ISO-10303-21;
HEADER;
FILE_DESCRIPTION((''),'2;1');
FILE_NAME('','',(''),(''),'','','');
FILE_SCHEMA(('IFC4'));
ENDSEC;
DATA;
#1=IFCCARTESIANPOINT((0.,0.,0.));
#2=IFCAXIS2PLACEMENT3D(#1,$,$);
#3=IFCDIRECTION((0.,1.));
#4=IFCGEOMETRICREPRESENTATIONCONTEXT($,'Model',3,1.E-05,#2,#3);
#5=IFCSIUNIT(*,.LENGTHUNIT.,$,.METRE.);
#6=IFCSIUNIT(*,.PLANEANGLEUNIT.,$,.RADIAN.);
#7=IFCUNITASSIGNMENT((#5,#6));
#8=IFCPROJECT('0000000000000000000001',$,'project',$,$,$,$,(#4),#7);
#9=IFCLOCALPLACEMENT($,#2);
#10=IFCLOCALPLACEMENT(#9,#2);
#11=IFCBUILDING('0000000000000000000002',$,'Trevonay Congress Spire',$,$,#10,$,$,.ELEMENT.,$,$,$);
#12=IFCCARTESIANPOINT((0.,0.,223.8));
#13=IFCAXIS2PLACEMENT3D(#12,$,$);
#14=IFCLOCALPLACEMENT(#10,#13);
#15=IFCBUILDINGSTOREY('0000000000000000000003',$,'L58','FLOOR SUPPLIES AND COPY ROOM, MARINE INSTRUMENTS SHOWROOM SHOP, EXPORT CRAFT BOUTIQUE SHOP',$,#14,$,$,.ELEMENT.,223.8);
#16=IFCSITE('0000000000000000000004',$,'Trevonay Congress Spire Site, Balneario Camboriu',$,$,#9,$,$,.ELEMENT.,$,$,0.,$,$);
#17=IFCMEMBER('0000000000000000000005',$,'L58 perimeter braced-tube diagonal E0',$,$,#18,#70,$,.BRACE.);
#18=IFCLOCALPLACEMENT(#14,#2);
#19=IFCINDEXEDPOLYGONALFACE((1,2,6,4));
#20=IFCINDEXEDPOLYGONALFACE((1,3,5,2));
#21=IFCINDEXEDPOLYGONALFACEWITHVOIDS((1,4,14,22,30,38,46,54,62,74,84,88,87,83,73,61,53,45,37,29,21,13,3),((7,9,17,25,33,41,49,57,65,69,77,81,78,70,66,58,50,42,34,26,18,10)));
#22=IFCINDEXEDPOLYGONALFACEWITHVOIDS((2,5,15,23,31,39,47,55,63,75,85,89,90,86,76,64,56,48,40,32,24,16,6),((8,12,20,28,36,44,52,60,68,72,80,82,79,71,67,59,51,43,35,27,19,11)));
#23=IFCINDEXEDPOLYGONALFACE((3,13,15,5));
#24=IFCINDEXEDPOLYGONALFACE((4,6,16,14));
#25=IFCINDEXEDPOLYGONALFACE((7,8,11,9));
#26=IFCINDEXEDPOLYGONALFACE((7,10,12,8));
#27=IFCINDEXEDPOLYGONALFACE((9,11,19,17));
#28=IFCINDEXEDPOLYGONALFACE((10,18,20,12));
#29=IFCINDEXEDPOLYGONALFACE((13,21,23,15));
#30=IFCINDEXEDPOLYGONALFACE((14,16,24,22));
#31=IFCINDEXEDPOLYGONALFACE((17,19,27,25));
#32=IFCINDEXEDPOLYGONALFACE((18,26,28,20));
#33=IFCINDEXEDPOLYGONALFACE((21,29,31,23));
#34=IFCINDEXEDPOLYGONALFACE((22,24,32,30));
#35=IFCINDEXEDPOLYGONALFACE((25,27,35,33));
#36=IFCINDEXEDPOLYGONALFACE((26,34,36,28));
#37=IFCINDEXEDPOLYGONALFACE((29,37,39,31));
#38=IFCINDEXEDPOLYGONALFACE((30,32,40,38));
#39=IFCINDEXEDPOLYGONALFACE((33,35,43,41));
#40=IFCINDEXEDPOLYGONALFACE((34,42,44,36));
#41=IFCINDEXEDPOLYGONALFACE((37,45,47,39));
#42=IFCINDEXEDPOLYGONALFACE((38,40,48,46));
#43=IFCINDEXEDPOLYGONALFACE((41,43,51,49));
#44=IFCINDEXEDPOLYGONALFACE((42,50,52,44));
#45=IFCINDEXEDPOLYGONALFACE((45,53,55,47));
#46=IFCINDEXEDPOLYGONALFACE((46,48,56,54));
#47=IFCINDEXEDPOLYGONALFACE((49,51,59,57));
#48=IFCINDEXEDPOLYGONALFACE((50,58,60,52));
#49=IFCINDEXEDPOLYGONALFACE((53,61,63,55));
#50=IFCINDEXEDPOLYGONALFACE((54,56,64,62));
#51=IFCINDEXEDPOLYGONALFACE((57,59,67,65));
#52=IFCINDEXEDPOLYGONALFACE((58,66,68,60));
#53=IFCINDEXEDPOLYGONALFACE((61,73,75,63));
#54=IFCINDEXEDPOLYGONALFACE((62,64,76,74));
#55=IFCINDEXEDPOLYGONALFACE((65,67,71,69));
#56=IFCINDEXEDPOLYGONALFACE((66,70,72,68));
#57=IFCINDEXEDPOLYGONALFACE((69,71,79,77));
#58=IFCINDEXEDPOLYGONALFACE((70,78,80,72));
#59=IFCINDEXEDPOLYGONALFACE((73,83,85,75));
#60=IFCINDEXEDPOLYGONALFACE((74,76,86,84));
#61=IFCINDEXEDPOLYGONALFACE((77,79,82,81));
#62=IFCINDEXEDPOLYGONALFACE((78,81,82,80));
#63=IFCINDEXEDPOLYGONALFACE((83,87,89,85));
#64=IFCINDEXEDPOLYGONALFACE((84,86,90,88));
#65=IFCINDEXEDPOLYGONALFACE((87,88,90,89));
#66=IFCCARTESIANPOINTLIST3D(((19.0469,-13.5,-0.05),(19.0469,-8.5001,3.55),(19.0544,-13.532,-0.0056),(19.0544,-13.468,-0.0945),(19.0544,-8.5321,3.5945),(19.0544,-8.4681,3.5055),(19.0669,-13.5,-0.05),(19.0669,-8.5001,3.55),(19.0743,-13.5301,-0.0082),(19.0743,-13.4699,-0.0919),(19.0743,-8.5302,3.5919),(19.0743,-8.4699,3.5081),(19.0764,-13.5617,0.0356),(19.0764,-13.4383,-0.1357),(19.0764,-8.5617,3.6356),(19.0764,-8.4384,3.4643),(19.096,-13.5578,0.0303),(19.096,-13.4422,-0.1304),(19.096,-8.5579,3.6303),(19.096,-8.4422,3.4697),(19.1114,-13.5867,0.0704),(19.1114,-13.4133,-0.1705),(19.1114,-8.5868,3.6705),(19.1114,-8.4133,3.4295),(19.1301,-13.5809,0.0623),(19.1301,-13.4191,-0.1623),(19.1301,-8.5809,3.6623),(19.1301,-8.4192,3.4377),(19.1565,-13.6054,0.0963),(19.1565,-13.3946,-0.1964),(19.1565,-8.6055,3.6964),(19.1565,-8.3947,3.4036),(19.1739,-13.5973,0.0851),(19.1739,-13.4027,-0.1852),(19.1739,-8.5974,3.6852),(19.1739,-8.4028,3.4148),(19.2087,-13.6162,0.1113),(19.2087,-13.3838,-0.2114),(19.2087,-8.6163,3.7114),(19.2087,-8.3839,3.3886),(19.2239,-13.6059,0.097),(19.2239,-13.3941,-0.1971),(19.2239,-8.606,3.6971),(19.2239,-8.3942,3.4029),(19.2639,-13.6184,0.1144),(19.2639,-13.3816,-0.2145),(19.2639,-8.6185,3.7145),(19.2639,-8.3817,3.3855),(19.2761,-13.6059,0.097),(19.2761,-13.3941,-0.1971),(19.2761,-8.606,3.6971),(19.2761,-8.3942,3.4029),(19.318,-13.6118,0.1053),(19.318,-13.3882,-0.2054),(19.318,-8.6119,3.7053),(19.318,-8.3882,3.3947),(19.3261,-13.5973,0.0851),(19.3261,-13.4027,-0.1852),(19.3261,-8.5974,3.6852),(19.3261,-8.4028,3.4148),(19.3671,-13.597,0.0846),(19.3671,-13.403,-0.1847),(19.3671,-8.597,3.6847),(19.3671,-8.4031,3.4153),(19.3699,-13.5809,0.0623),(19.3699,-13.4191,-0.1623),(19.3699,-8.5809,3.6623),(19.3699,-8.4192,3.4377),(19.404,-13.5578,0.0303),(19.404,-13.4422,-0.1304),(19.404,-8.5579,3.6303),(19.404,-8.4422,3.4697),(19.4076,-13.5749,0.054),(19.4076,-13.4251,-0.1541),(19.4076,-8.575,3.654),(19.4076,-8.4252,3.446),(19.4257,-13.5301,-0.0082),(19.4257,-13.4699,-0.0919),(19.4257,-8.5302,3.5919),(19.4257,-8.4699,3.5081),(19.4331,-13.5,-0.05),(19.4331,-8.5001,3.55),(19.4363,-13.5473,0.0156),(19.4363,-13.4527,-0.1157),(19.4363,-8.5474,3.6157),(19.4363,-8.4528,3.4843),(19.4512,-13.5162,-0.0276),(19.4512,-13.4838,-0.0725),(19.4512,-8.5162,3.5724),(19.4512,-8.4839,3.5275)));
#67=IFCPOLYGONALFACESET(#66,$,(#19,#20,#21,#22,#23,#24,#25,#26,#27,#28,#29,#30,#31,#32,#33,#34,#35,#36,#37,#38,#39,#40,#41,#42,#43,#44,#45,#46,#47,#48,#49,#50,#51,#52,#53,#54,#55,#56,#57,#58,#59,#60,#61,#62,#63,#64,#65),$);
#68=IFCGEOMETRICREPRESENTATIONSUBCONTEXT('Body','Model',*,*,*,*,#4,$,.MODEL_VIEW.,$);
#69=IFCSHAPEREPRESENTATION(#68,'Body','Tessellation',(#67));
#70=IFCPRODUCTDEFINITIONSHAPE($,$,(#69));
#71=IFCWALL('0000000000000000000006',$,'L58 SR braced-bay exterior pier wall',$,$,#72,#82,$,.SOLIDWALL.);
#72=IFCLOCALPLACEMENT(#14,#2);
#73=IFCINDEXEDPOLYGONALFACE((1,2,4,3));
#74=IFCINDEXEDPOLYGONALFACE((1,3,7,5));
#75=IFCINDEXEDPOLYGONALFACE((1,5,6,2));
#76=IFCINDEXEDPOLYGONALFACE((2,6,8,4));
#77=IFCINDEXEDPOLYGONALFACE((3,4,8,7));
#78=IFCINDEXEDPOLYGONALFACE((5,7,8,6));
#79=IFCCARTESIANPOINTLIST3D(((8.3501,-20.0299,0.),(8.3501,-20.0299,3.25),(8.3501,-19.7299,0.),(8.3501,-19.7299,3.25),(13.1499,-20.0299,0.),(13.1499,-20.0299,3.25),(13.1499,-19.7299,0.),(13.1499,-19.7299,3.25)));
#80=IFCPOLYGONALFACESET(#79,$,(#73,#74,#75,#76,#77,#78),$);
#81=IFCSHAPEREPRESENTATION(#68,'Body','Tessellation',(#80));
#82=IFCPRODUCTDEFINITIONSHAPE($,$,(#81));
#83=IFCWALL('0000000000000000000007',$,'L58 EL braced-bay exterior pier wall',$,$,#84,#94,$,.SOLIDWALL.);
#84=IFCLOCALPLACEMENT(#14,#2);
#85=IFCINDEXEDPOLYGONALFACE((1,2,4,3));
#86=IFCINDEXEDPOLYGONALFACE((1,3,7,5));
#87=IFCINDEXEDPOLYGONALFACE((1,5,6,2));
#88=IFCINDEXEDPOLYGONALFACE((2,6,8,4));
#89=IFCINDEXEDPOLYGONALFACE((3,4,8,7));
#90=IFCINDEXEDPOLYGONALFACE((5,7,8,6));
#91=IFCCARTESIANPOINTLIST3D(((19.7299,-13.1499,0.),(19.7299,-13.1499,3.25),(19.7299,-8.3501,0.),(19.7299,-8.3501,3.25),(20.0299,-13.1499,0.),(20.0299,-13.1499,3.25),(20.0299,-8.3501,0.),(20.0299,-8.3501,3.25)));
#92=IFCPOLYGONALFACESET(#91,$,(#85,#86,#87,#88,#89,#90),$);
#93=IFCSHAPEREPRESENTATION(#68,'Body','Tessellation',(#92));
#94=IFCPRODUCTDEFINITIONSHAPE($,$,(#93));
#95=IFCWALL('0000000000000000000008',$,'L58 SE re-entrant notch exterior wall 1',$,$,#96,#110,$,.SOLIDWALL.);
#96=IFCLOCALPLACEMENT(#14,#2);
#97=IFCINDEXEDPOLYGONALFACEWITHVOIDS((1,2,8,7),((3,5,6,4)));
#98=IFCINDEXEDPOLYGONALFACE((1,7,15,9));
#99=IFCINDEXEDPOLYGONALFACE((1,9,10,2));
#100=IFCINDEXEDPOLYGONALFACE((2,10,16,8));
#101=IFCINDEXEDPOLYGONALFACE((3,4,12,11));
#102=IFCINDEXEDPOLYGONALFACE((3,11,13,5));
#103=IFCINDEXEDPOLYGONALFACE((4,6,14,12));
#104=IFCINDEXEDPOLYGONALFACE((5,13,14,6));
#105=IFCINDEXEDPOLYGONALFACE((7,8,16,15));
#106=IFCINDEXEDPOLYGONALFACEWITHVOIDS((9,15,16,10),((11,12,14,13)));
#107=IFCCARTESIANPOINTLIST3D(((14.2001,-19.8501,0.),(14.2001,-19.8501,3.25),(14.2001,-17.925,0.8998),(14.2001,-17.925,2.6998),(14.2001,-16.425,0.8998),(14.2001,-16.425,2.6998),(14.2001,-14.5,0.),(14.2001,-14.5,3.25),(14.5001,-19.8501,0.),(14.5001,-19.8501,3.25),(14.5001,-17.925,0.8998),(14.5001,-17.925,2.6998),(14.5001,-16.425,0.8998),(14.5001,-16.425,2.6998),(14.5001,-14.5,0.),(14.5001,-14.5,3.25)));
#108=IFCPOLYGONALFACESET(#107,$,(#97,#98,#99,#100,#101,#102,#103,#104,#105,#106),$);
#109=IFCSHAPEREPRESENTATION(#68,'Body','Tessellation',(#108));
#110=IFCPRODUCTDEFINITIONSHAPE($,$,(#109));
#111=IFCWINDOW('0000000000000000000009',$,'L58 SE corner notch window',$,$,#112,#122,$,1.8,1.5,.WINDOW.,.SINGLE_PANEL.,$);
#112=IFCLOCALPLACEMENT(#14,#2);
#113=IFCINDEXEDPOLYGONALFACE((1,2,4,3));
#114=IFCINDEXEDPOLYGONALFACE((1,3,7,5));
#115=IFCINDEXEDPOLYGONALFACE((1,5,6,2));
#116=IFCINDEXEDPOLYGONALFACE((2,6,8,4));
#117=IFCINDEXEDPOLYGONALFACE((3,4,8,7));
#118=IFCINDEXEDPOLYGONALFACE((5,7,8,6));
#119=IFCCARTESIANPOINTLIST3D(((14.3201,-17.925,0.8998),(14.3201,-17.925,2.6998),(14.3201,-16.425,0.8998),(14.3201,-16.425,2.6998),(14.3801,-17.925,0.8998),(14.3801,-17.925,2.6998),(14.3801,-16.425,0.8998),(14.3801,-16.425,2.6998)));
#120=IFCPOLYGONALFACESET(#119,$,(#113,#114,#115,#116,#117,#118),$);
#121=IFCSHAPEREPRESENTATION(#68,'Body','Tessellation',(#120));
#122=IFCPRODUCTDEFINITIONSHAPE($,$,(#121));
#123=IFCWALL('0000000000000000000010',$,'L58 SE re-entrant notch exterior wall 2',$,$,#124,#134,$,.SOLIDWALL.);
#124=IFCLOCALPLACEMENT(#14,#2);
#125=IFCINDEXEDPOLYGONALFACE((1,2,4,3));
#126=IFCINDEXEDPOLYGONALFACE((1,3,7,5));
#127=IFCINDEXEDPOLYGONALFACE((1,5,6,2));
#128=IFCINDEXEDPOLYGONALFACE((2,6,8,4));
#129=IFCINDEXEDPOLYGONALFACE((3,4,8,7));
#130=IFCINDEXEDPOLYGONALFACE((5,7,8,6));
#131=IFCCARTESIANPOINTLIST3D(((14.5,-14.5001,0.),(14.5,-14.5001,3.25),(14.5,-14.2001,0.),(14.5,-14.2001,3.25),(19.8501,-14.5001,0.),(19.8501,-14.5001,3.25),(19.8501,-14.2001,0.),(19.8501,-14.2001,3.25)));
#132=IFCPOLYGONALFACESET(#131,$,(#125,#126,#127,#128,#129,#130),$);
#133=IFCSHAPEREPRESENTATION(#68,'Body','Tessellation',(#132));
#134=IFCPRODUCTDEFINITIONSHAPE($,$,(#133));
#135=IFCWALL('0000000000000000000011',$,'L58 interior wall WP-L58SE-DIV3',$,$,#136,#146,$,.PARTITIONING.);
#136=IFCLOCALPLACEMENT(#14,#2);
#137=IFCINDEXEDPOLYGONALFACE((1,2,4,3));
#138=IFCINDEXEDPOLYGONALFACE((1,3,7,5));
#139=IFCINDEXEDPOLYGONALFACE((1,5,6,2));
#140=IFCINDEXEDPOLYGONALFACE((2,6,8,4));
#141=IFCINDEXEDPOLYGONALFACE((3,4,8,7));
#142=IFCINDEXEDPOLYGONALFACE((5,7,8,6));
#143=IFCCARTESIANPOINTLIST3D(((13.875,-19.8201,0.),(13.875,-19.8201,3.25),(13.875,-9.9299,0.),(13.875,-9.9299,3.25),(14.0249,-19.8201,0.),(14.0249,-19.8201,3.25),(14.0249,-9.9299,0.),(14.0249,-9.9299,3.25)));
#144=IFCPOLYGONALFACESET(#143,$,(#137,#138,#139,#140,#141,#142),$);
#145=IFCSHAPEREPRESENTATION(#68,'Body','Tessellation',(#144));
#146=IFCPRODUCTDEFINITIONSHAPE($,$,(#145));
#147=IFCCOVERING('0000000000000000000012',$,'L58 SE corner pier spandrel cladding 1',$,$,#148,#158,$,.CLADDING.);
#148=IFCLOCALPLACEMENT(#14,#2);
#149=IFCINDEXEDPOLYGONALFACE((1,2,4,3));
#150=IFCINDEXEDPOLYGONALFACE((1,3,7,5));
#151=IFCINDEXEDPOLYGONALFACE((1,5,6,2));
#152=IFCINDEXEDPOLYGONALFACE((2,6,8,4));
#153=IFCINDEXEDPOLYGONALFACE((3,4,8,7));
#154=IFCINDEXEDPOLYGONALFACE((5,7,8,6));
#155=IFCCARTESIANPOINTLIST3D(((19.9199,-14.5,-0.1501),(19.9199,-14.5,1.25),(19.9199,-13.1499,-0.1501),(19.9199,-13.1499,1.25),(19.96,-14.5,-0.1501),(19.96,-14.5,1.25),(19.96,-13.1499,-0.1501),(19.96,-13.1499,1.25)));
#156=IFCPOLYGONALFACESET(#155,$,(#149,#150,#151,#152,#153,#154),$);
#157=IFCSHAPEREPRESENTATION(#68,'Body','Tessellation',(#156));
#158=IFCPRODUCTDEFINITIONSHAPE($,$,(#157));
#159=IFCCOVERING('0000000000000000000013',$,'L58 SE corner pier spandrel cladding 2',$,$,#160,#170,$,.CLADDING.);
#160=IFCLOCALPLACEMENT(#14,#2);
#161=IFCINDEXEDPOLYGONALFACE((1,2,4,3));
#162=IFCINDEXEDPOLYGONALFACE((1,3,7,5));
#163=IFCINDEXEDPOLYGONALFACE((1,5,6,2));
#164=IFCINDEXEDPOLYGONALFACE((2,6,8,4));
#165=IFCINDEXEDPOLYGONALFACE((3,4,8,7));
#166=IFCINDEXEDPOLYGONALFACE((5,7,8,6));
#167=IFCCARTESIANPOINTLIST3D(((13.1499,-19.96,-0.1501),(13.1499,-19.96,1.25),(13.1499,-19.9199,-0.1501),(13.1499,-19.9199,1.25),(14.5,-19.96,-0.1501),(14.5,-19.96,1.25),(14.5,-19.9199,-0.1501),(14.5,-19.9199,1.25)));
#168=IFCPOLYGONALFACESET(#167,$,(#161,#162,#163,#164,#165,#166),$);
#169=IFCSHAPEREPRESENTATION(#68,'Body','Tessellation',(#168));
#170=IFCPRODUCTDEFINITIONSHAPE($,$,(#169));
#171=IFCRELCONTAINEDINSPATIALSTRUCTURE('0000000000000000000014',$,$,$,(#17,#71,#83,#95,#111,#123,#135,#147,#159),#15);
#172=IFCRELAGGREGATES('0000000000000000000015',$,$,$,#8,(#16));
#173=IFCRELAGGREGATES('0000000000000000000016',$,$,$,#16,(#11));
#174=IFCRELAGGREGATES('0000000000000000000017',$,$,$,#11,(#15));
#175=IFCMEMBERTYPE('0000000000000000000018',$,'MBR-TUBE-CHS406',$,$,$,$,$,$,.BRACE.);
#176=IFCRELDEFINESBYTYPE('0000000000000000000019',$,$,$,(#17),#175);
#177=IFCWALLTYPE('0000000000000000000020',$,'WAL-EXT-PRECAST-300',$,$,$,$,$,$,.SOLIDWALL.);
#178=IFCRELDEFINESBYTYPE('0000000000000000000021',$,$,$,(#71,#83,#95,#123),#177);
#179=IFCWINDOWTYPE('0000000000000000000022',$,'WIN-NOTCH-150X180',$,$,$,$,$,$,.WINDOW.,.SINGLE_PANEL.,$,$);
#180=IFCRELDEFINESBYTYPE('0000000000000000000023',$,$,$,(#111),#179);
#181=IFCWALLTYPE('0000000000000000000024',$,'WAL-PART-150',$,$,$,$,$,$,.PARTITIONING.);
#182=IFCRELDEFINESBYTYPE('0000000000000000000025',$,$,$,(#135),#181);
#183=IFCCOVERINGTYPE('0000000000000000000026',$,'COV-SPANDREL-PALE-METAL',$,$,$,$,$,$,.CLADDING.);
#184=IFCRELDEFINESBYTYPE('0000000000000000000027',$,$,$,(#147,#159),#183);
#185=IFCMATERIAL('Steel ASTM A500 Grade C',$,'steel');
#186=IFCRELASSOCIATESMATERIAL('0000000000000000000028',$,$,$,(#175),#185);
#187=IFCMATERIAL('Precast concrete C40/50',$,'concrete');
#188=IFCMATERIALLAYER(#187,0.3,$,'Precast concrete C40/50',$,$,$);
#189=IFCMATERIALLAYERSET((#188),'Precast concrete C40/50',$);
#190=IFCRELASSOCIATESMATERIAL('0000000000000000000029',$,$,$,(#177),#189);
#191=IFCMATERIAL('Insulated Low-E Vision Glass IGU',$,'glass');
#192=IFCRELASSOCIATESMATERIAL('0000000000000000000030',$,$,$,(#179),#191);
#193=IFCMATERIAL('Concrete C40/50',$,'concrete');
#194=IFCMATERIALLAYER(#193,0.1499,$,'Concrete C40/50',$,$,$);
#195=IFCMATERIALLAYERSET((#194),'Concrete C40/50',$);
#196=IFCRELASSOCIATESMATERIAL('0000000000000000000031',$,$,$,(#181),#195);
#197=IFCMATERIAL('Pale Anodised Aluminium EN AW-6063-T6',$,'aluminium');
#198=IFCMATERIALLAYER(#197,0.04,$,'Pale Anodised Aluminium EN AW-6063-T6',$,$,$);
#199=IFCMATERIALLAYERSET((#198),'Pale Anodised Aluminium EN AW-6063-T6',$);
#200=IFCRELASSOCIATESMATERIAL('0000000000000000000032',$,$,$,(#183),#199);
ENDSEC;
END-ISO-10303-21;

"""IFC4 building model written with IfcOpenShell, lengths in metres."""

from ifc_helpers import new_model, si_unit, direction, frame, frame_2d, origin, origin_2d, place, context, subcontext, project, spatial, rectangle, hollow_circle, extrude, material, layer, layer_set, material_profile, profile_set, type_object, element, fill, save


model = new_model("IFC4")

# Units and contexts
model_context = context("Model", 3, precision=1e-05, world=origin(), true_north=direction((0.0, 1.0)))
body_context = subcontext(model_context, "Body", "Model", "MODEL_VIEW")
ifc_project = project(units=[si_unit("LENGTHUNIT", "METRE"), si_unit("PLANEANGLEUNIT", "RADIAN")], contexts=[model_context])

# Site, building, storey
site_placement = place(None, origin())
site = spatial("IfcSite", under=ifc_project, at=site_placement, Name="Trevonay Congress Spire Site, Balneario Camboriu", CompositionType="ELEMENT", RefElevation=0.0)
building_placement = place(site_placement, origin())
building = spatial("IfcBuilding", under=site, at=building_placement, Name="Trevonay Congress Spire", CompositionType="ELEMENT")
storey_placement = place(building_placement, frame((0.0, 0.0, 223.8)))
storey = spatial("IfcBuildingStorey", under=building, at=storey_placement, Name="L58", Description="FLOOR SUPPLIES AND COPY ROOM, MARINE INSTRUMENTS SHOWROOM SHOP, EXPORT CRAFT BOUTIQUE SHOP", CompositionType="ELEMENT", Elevation=223.8)

# Shared definitions
ifc_material_1 = material(Name="Pale Anodised Aluminium EN AW-6063-T6", Category="aluminium")

# Member
ifc_material_2 = material(Name="Steel ASTM A500 Grade C", Category="steel")
ifc_material_profile_1 = material_profile(ifc_material_2, hollow_circle(Radius=0.2031, WallThickness=0.02, at=origin_2d()), Name="CHS 406.4x20")
ifc_profile_set_1 = profile_set([ifc_material_profile_1], Name="Steel ASTM A500 Grade C")
member_type_1 = type_object("IfcMemberType", Name="MBR-TUBE-CHS406", PredefinedType="BRACE", material=ifc_profile_set_1)
for number, where, z_axis, x_axis, name in (
    (1, (19.25, -13.5, -0.05), (0.0, 0.811527, 0.584315), (-1.0, 0.0, 0.0), "L58 perimeter braced-tube diagonal E0"),
):
    element("IfcMember", number, at=place(storey_placement, frame(where, z_axis=z_axis, x_axis=x_axis)), inside=storey, type_object=member_type_1, Name=name, PredefinedType="BRACE", context=body_context, shape_type="SweptSolid", body=[
        extrude(hollow_circle(Radius=0.2031, WallThickness=0.02, at=origin_2d()), origin(), (0.0, 0.0, 1.0), 6.1611),
    ])

# Walls
ifc_material_3 = material(Name="Precast concrete C40/50", Category="concrete")
ifc_layer_1 = layer(ifc_material_3, 0.3, Name="Precast concrete C40/50")
ifc_layer_set_1 = layer_set([ifc_layer_1], Name="Precast concrete C40/50")
wall_type_1 = type_object("IfcWallType", Name="WAL-EXT-PRECAST-300", PredefinedType="SOLIDWALL", material=ifc_layer_set_1)
for number, where, z_axis, x_axis, name in (
    (2, (8.3501, -19.8799, 0.0), (0.0, 0.0, 1.0), (1.0, 0.0, 0.0), "L58 SR braced-bay exterior pier wall"),
    (3, (19.8799, -13.1499, 0.0), (0.0, 0.0, 1.0), (0.0, 1.0, 0.0), "L58 EL braced-bay exterior pier wall"),
):
    element("IfcWall", number, at=place(storey_placement, frame(where, z_axis=z_axis, x_axis=x_axis)), inside=storey, type_object=wall_type_1, Name=name, PredefinedType="SOLIDWALL", context=body_context, shape_type="SweptSolid", body=[
        extrude(rectangle(XDim=4.7998, YDim=0.3, at=frame_2d((2.3999, 0.0))), origin(), (0.0, 0.0, 1.0), 3.25),
    ])

# Wall, opening, window
wall_1_placement = place(storey_placement, frame((14.3501, -19.8501, 0.0), z_axis=(0.0, 0.0, 1.0), x_axis=(0.0, 1.0, 0.0)))
wall_1 = element("IfcWall", 4, at=wall_1_placement, inside=storey, type_object=wall_type_1, Name="L58 SE re-entrant notch exterior wall 1", PredefinedType="SOLIDWALL", context=body_context, shape_type="SweptSolid", body=[
    extrude(rectangle(XDim=5.3501, YDim=0.3, at=frame_2d((2.675, 0.0))), origin(), (0.0, 0.0, 1.0), 3.25),
])
opening_placement = place(wall_1_placement, frame((1.925, 0.0, 0.8999)))
opening = element("IfcOpeningElement", 5, at=opening_placement, cuts=wall_1, PredefinedType="OPENING", context=body_context, shape_type="SweptSolid", body=[
    extrude(rectangle(XDim=1.5, YDim=1.8, at=frame_2d((0.75, 0.8999))), frame((0.0, 0.1602, 0.0), z_axis=(0.0, -1.0, 0.0), x_axis=(1.0, 0.0, 0.0)), (0.0, 0.0, 1.0), 0.3201),
])
ifc_material_4 = material(Name="Insulated Low-E Vision Glass IGU", Category="glass")
window_type = type_object("IfcWindowType", Name="WIN-NOTCH-150X180", PartitioningType="SINGLE_PANEL", PredefinedType="WINDOW", material=ifc_material_4)
window_placement = place(opening_placement, origin())
window = element("IfcWindow", 6, at=window_placement, inside=storey, type_object=window_type, Name="L58 SE corner notch window", OverallHeight=1.8, OverallWidth=1.5, PartitioningType="SINGLE_PANEL", PredefinedType="WINDOW", context=body_context, shape_type="SweptSolid", body=[
    extrude(rectangle(XDim=1.5, YDim=1.8, at=frame_2d((0.75, 0.8999))), frame((0.0, 0.03, 0.0), z_axis=(0.0, -1.0, 0.0), x_axis=(1.0, 0.0, 0.0)), (0.0, 0.0, 1.0), 0.0601),
])
fill(opening, window)

# Walls
wall_2_placement = place(storey_placement, frame((19.8501, -14.3501, 0.0), z_axis=(0.0, 0.0, 1.0), x_axis=(-1.0, 0.0, 0.0)))
element("IfcWall", 7, at=wall_2_placement, inside=storey, type_object=wall_type_1, Name="L58 SE re-entrant notch exterior wall 2", PredefinedType="SOLIDWALL", context=body_context, shape_type="SweptSolid", body=[
    extrude(rectangle(XDim=5.3501, YDim=0.3, at=frame_2d((2.675, 0.0))), origin(), (0.0, 0.0, 1.0), 3.25),
])
ifc_material_5 = material(Name="Concrete C40/50", Category="concrete")
ifc_layer_2 = layer(ifc_material_5, 0.1499, Name="Concrete C40/50")
ifc_layer_set_2 = layer_set([ifc_layer_2], Name="Concrete C40/50")
wall_type_2 = type_object("IfcWallType", Name="WAL-PART-150", PredefinedType="PARTITIONING", material=ifc_layer_set_2)
wall_3_placement = place(storey_placement, frame((13.95, -19.8201, 0.0), z_axis=(0.0, 0.0, 1.0), x_axis=(0.0, 1.0, 0.0)))
element("IfcWall", 8, at=wall_3_placement, inside=storey, type_object=wall_type_2, Name="L58 interior wall WP-L58SE-DIV3", PredefinedType="PARTITIONING", context=body_context, shape_type="SweptSolid", body=[
    extrude(rectangle(XDim=9.8901, YDim=0.1499, at=frame_2d((4.9451, 0.0))), origin(), (0.0, 0.0, 1.0), 3.25),
])

# Coverings
ifc_layer_3 = layer(ifc_material_1, 0.04, Name="Pale Anodised Aluminium EN AW-6063-T6")
ifc_layer_set_3 = layer_set([ifc_layer_3], Name="Pale Anodised Aluminium EN AW-6063-T6")
covering_type = type_object("IfcCoveringType", Name="COV-SPANDREL-PALE-METAL", PredefinedType="CLADDING", material=ifc_layer_set_3)
for number, where, z_axis, x_axis, name in (
    (9, (19.9399, -13.1499, -0.1501), (0.0, 0.0, 1.0), (0.0, -1.0, 0.0), "L58 SE corner pier spandrel cladding 1"),
    (10, (13.1499, -19.9399, -0.1501), (0.0, 0.0, 1.0), (1.0, 0.0, 0.0), "L58 SE corner pier spandrel cladding 2"),
):
    element("IfcCovering", number, at=place(storey_placement, frame(where, z_axis=z_axis, x_axis=x_axis)), inside=storey, type_object=covering_type, Name=name, PredefinedType="CLADDING", context=body_context, shape_type="SweptSolid", body=[
        extrude(rectangle(XDim=1.3501, YDim=0.04, at=frame_2d((0.675, 0.0))), origin(), (0.0, 0.0, 1.0), 1.4001),
    ])

save(model, "model.ifc")
